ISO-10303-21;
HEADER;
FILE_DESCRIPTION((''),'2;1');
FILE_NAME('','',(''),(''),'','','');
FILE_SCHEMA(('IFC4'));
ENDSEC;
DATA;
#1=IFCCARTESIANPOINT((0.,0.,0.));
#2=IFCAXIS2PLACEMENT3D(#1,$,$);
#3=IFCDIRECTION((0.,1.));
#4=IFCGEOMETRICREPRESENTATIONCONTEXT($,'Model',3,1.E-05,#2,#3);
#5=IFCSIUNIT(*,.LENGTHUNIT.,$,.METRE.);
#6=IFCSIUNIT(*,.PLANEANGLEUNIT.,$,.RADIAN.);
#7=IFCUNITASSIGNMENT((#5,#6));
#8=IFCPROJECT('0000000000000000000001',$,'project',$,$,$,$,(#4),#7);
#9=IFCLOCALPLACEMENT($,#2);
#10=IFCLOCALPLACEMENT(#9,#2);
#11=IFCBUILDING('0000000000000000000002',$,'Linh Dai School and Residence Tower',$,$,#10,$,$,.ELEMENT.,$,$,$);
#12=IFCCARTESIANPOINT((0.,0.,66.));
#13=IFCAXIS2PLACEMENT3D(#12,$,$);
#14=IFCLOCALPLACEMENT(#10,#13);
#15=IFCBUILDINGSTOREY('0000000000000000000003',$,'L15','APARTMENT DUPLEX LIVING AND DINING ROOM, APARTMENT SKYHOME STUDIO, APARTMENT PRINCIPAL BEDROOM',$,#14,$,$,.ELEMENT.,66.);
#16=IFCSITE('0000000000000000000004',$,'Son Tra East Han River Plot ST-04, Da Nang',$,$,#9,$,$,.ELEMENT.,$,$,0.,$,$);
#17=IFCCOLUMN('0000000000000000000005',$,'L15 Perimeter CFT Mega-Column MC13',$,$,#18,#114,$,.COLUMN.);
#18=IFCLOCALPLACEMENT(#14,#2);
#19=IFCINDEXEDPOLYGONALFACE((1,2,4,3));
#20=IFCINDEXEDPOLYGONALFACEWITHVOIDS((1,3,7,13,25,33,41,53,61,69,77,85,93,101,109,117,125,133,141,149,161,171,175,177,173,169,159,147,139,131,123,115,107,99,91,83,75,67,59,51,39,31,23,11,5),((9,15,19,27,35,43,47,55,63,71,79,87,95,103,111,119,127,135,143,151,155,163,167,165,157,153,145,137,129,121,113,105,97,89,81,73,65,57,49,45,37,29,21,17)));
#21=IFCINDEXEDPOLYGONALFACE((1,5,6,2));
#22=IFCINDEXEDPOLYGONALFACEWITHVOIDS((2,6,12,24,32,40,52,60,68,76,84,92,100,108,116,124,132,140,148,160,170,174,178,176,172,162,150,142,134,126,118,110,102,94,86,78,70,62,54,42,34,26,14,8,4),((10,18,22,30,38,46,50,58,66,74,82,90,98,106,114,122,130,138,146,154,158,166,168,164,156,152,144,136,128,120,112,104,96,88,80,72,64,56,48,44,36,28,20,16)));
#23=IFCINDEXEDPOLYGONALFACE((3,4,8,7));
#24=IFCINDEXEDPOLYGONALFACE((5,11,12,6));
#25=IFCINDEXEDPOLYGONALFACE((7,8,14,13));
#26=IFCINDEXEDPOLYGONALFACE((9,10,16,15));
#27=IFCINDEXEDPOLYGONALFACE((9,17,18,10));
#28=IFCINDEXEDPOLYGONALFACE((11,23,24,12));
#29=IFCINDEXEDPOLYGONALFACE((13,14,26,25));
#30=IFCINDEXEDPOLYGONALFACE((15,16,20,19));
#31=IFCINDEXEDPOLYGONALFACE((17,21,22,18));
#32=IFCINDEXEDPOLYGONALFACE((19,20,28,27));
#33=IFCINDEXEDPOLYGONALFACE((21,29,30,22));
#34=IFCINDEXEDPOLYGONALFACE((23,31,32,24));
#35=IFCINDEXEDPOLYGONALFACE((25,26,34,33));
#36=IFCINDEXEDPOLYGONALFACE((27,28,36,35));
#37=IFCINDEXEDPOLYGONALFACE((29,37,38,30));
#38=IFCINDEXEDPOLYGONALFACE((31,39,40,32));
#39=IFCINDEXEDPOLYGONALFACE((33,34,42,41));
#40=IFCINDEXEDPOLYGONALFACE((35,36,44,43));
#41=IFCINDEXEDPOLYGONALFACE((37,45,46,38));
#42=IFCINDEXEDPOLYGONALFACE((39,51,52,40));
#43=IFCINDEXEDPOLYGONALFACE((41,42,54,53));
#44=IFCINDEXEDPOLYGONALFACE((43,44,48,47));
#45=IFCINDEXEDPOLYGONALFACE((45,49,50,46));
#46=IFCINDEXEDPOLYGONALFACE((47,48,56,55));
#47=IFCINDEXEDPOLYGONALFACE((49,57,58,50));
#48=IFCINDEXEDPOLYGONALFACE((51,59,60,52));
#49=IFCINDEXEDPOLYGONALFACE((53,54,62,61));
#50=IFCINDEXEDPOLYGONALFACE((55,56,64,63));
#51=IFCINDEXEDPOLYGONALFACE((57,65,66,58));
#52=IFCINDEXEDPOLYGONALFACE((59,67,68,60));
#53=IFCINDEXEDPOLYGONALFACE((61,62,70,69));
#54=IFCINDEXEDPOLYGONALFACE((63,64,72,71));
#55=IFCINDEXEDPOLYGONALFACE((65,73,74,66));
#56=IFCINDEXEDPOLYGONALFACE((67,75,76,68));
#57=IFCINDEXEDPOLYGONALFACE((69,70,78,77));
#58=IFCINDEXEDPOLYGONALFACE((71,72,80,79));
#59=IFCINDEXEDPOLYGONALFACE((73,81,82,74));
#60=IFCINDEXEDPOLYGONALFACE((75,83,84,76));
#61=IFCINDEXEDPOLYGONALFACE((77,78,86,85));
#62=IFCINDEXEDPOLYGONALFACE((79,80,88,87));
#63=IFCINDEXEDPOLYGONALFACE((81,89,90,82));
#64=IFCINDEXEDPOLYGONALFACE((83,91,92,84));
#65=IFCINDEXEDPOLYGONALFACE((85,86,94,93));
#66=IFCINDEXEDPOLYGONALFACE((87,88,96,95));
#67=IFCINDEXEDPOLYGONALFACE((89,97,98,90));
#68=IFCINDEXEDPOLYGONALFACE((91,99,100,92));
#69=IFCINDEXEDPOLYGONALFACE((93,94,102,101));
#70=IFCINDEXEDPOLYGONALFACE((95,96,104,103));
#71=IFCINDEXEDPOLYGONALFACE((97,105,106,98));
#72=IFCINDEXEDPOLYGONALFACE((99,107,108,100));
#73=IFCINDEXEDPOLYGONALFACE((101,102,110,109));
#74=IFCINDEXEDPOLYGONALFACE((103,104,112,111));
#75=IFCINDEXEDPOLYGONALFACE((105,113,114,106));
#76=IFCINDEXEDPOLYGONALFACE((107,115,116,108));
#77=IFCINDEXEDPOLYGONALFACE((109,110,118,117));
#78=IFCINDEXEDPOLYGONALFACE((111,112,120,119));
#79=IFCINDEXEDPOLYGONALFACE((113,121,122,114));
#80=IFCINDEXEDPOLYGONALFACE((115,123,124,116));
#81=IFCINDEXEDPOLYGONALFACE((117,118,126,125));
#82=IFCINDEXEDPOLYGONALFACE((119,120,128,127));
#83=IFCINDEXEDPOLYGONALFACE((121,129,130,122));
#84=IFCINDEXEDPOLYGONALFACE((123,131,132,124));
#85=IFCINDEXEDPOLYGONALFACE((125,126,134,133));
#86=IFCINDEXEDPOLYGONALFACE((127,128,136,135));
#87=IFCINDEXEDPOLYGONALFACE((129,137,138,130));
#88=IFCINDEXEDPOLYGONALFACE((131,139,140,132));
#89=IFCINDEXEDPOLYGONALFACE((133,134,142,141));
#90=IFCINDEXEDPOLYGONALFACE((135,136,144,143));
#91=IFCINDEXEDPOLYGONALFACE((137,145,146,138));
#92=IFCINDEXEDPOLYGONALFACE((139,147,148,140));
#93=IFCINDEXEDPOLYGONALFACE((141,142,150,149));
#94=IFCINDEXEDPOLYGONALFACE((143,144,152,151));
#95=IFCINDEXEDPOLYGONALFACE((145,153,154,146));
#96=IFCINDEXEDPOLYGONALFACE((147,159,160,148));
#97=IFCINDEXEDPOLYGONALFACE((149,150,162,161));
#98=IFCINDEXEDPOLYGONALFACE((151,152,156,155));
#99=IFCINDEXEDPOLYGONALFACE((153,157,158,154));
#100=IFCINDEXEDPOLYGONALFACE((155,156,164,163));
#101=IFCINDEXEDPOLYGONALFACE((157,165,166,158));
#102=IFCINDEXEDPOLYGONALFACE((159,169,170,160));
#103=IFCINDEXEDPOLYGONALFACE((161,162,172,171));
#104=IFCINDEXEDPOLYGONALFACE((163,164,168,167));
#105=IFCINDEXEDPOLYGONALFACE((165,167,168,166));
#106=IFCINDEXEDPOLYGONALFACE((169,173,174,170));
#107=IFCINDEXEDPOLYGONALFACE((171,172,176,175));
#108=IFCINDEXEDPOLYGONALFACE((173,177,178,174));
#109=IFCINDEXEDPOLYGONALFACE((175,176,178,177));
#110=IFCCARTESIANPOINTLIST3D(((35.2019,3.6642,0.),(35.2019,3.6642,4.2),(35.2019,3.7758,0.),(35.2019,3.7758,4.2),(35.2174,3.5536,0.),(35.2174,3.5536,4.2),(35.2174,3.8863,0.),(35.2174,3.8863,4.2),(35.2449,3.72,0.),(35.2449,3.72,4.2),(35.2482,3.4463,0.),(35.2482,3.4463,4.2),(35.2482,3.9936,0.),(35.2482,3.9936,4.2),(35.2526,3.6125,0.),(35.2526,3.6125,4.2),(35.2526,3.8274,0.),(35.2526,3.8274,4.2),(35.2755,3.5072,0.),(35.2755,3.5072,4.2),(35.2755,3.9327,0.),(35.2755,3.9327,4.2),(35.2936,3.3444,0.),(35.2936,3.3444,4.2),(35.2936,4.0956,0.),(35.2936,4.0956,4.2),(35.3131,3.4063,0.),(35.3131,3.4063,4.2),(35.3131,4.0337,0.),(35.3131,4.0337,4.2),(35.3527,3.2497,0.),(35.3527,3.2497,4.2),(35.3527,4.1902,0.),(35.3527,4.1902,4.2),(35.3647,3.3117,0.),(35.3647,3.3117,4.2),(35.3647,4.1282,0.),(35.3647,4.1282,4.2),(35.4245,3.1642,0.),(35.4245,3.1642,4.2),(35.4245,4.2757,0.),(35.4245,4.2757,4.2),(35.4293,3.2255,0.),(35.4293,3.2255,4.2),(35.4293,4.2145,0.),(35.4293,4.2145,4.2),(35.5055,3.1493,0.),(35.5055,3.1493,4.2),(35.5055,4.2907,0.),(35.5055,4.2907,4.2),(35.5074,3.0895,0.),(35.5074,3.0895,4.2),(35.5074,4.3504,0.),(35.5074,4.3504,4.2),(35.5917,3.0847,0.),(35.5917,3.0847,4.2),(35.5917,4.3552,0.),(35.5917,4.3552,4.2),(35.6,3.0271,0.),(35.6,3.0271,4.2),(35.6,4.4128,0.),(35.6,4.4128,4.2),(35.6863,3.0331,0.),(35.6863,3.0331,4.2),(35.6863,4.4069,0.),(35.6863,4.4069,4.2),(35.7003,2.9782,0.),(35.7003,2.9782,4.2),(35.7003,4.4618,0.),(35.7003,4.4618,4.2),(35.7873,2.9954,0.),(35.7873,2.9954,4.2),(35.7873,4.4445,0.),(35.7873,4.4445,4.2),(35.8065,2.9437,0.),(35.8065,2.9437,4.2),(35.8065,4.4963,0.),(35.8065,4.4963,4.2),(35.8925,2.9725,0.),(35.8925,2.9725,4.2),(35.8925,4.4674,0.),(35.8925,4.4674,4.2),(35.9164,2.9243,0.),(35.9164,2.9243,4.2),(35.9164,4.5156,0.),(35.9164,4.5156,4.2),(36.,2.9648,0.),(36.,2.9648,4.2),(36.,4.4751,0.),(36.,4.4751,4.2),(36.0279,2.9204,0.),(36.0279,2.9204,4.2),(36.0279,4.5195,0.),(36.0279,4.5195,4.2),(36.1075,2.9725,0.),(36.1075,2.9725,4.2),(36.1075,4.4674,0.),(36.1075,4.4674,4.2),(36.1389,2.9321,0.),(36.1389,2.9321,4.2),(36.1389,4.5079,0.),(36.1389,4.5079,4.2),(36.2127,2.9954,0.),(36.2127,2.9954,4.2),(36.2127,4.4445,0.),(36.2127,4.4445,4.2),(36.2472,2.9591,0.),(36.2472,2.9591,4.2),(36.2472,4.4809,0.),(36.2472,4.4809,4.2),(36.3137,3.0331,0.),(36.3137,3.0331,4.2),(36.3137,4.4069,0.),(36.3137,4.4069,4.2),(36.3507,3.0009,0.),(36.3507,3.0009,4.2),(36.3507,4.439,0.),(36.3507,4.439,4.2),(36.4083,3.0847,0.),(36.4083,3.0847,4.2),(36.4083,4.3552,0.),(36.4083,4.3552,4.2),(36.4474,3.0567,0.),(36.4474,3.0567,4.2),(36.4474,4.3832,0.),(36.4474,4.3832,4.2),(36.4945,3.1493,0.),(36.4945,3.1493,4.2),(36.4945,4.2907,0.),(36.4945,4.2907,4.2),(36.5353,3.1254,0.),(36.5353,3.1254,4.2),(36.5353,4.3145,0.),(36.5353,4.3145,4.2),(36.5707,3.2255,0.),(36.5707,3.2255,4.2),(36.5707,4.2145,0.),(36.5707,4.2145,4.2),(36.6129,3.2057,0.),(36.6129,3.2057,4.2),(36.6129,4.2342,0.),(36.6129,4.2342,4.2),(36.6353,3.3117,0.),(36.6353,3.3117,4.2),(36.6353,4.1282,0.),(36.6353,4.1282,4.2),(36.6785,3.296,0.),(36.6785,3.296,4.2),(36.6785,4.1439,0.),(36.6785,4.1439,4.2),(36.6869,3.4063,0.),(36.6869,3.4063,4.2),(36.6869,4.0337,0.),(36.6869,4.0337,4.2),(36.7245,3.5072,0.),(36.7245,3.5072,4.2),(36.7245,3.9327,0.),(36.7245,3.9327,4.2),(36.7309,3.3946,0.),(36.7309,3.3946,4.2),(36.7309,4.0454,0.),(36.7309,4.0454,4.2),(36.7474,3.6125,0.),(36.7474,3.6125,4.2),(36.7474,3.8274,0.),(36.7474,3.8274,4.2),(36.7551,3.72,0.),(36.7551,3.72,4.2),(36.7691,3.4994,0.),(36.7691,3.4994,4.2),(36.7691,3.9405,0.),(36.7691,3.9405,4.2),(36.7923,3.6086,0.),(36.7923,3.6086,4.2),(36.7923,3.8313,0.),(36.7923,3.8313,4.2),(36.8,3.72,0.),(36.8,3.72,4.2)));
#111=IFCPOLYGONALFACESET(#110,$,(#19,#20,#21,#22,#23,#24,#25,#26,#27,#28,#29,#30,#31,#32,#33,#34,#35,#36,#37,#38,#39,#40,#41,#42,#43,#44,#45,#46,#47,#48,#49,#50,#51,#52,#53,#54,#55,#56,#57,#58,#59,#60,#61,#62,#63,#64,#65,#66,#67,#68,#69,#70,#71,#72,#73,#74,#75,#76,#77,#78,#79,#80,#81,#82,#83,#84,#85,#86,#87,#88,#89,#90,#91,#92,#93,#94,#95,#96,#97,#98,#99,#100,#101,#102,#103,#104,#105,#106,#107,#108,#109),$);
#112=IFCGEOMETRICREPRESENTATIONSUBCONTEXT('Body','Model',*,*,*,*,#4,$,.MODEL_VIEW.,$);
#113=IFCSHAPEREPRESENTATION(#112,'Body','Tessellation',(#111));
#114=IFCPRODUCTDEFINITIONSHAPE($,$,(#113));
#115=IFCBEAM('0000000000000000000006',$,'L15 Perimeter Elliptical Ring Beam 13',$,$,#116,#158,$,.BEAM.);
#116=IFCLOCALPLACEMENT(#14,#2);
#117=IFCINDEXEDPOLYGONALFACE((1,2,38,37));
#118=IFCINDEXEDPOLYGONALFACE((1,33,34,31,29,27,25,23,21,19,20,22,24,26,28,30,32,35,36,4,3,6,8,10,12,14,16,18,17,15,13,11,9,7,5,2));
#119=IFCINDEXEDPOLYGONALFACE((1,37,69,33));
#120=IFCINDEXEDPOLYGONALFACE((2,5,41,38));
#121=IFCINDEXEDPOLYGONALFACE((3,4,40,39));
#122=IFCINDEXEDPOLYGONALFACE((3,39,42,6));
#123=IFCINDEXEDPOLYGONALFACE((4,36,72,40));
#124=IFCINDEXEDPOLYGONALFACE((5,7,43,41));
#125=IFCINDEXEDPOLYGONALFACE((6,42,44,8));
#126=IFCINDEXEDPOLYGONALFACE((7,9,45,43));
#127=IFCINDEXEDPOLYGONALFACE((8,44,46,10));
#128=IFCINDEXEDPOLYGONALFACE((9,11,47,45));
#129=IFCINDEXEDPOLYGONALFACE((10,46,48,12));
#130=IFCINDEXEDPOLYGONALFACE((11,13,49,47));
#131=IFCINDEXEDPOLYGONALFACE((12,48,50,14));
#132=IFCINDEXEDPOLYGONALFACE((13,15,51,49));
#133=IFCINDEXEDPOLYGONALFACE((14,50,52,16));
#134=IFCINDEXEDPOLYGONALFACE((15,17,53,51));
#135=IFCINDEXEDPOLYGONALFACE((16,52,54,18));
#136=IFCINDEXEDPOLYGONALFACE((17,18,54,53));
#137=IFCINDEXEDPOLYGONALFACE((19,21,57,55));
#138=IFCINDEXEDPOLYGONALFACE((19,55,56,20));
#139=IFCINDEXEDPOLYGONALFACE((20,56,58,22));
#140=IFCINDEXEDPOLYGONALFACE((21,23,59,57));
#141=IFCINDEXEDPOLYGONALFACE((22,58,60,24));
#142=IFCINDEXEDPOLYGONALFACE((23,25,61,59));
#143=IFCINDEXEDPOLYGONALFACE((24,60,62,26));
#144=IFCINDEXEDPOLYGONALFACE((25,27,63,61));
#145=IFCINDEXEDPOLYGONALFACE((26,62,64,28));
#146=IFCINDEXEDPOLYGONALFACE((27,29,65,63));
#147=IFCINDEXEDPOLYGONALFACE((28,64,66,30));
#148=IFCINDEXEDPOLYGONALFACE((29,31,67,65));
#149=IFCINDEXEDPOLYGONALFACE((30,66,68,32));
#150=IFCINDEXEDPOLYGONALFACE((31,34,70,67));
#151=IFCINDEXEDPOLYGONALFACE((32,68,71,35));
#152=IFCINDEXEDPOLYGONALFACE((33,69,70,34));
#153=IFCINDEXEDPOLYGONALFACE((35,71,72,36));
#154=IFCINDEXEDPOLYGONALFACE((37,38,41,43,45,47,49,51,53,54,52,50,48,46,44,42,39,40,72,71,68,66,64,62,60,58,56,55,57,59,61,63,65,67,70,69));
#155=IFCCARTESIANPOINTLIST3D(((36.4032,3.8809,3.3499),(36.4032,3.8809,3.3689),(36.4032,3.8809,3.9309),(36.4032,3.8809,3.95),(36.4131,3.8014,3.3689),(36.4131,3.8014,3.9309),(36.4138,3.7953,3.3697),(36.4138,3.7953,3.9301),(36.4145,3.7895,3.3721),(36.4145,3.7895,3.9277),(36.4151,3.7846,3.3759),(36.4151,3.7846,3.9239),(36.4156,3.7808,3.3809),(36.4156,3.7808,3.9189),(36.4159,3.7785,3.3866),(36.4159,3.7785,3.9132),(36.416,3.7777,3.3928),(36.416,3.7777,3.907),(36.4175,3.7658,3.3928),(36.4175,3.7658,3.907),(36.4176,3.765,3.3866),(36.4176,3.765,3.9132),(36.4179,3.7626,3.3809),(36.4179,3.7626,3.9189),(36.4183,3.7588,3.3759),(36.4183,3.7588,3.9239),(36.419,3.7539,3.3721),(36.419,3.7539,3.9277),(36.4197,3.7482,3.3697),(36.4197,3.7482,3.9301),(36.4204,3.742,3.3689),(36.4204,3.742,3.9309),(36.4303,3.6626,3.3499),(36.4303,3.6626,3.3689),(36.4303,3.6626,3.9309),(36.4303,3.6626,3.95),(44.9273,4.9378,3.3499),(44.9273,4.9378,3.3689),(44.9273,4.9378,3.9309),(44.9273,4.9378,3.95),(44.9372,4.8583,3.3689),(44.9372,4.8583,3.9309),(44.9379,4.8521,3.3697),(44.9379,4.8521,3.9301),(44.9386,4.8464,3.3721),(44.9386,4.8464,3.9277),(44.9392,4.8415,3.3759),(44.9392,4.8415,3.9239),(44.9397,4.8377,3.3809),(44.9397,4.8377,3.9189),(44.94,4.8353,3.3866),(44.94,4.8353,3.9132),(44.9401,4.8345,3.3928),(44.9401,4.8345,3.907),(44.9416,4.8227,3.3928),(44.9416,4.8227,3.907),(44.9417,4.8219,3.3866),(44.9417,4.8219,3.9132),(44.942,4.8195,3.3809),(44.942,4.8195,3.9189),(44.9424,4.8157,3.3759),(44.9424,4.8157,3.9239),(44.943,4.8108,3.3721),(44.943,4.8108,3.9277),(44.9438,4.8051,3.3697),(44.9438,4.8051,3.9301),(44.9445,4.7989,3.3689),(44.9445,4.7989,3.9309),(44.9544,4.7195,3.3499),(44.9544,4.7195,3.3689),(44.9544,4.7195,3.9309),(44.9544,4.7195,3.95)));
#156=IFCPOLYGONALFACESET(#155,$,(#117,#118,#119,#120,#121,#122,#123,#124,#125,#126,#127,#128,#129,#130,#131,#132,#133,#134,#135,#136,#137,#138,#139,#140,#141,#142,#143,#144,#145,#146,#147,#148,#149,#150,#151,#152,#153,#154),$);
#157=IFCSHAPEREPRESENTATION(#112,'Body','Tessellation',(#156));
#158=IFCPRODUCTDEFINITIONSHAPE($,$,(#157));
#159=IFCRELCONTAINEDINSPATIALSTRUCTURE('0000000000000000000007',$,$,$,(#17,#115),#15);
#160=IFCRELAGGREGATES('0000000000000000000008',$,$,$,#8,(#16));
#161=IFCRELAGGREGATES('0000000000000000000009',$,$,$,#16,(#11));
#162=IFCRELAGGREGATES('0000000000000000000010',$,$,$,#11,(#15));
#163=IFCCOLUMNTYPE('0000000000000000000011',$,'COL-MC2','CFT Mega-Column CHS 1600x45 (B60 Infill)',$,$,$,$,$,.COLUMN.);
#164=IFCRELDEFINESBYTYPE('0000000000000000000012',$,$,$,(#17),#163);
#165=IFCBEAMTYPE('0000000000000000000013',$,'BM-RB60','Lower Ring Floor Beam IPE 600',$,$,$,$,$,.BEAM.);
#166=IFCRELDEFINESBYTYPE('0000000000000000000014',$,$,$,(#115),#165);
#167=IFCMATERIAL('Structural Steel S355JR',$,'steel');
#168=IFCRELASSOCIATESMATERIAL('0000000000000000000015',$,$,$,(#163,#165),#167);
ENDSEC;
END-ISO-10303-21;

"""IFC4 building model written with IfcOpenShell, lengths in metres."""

from ifc_helpers import new_model, si_unit, direction, frame, origin, origin_2d, place, context, subcontext, project, spatial, hollow_circle, i_section, extrude, material, material_profile, profile_set, type_object, element, save


model = new_model("IFC4")

# Units and contexts
model_context = context("Model", 3, precision=1e-05, world=origin(), true_north=direction((0.0, 1.0)))
body_context = subcontext(model_context, "Body", "Model", "MODEL_VIEW")
ifc_project = project(units=[si_unit("LENGTHUNIT", "METRE"), si_unit("PLANEANGLEUNIT", "RADIAN")], contexts=[model_context])

# Site, building, storey
site_placement = place(None, origin())
site = spatial("IfcSite", under=ifc_project, at=site_placement, Name="Son Tra East Han River Plot ST-04, Da Nang", CompositionType="ELEMENT", RefElevation=0.0)
building_placement = place(site_placement, origin())
building = spatial("IfcBuilding", under=site, at=building_placement, Name="Linh Dai School and Residence Tower", CompositionType="ELEMENT")
storey_placement = place(building_placement, frame((0.0, 0.0, 66.0)))
storey = spatial("IfcBuildingStorey", under=building, at=storey_placement, Name="L15", Description="APARTMENT DUPLEX LIVING AND DINING ROOM, APARTMENT SKYHOME STUDIO, APARTMENT PRINCIPAL BEDROOM", CompositionType="ELEMENT", Elevation=66.0)

# Column
ifc_material_1 = material(Name="Structural Steel S355JR", Category="steel")
ifc_material_profile_1 = material_profile(ifc_material_1, hollow_circle(Radius=0.8, WallThickness=0.0449, at=origin_2d()), Name="CHS 1600x45")
ifc_profile_set_1 = profile_set([ifc_material_profile_1], Name="Structural Steel S355JR")
column_type = type_object("IfcColumnType", Name="COL-MC2", Description="CFT Mega-Column CHS 1600x45 (B60 Infill)", PredefinedType="COLUMN", material=ifc_profile_set_1)
column_placement = place(storey_placement, frame((36.0, 3.72, 0.0), z_axis=(0.0, 0.0, 1.0), x_axis=(1.0, 0.0, 0.0)))
element("IfcColumn", 1, at=column_placement, inside=storey, type_object=column_type, Name="L15 Perimeter CFT Mega-Column MC13", PredefinedType="COLUMN", context=body_context, shape_type="SweptSolid", body=[
    extrude(hollow_circle(Radius=0.8, WallThickness=0.0449, at=origin_2d()), origin(), (0.0, 0.0, 1.0), 4.2),
])

# Beam
ifc_material_profile_2 = material_profile(ifc_material_1, i_section(OverallWidth=0.22, OverallDepth=0.6001, WebThickness=0.012, FlangeThickness=0.019, FilletRadius=0.0239, at=origin_2d()), Name="IPE 600")
ifc_profile_set_2 = profile_set([ifc_material_profile_2], Name="Structural Steel S355JR")
beam_type_1 = type_object("IfcBeamType", Name="BM-RB60", Description="Lower Ring Floor Beam IPE 600", PredefinedType="BEAM", material=ifc_profile_set_2)
beam_1_placement = place(storey_placement, frame((36.4167, 3.7717, 3.6499), z_axis=(0.992401, 0.123045, 0.0), x_axis=(-0.123045, 0.992401, 0.0)))
element("IfcBeam", 2, at=beam_1_placement, inside=storey, type_object=beam_type_1, Name="L15 Perimeter Elliptical Ring Beam 13", PredefinedType="BEAM", context=body_context, shape_type="SweptSolid", body=[
    extrude(i_section(OverallWidth=0.22, OverallDepth=0.6001, WebThickness=0.012, FlangeThickness=0.019, FilletRadius=0.0239, at=origin_2d()), origin(), (0.0, 0.0, 1.0), 8.5894),
])

save(model, "model.ifc")
